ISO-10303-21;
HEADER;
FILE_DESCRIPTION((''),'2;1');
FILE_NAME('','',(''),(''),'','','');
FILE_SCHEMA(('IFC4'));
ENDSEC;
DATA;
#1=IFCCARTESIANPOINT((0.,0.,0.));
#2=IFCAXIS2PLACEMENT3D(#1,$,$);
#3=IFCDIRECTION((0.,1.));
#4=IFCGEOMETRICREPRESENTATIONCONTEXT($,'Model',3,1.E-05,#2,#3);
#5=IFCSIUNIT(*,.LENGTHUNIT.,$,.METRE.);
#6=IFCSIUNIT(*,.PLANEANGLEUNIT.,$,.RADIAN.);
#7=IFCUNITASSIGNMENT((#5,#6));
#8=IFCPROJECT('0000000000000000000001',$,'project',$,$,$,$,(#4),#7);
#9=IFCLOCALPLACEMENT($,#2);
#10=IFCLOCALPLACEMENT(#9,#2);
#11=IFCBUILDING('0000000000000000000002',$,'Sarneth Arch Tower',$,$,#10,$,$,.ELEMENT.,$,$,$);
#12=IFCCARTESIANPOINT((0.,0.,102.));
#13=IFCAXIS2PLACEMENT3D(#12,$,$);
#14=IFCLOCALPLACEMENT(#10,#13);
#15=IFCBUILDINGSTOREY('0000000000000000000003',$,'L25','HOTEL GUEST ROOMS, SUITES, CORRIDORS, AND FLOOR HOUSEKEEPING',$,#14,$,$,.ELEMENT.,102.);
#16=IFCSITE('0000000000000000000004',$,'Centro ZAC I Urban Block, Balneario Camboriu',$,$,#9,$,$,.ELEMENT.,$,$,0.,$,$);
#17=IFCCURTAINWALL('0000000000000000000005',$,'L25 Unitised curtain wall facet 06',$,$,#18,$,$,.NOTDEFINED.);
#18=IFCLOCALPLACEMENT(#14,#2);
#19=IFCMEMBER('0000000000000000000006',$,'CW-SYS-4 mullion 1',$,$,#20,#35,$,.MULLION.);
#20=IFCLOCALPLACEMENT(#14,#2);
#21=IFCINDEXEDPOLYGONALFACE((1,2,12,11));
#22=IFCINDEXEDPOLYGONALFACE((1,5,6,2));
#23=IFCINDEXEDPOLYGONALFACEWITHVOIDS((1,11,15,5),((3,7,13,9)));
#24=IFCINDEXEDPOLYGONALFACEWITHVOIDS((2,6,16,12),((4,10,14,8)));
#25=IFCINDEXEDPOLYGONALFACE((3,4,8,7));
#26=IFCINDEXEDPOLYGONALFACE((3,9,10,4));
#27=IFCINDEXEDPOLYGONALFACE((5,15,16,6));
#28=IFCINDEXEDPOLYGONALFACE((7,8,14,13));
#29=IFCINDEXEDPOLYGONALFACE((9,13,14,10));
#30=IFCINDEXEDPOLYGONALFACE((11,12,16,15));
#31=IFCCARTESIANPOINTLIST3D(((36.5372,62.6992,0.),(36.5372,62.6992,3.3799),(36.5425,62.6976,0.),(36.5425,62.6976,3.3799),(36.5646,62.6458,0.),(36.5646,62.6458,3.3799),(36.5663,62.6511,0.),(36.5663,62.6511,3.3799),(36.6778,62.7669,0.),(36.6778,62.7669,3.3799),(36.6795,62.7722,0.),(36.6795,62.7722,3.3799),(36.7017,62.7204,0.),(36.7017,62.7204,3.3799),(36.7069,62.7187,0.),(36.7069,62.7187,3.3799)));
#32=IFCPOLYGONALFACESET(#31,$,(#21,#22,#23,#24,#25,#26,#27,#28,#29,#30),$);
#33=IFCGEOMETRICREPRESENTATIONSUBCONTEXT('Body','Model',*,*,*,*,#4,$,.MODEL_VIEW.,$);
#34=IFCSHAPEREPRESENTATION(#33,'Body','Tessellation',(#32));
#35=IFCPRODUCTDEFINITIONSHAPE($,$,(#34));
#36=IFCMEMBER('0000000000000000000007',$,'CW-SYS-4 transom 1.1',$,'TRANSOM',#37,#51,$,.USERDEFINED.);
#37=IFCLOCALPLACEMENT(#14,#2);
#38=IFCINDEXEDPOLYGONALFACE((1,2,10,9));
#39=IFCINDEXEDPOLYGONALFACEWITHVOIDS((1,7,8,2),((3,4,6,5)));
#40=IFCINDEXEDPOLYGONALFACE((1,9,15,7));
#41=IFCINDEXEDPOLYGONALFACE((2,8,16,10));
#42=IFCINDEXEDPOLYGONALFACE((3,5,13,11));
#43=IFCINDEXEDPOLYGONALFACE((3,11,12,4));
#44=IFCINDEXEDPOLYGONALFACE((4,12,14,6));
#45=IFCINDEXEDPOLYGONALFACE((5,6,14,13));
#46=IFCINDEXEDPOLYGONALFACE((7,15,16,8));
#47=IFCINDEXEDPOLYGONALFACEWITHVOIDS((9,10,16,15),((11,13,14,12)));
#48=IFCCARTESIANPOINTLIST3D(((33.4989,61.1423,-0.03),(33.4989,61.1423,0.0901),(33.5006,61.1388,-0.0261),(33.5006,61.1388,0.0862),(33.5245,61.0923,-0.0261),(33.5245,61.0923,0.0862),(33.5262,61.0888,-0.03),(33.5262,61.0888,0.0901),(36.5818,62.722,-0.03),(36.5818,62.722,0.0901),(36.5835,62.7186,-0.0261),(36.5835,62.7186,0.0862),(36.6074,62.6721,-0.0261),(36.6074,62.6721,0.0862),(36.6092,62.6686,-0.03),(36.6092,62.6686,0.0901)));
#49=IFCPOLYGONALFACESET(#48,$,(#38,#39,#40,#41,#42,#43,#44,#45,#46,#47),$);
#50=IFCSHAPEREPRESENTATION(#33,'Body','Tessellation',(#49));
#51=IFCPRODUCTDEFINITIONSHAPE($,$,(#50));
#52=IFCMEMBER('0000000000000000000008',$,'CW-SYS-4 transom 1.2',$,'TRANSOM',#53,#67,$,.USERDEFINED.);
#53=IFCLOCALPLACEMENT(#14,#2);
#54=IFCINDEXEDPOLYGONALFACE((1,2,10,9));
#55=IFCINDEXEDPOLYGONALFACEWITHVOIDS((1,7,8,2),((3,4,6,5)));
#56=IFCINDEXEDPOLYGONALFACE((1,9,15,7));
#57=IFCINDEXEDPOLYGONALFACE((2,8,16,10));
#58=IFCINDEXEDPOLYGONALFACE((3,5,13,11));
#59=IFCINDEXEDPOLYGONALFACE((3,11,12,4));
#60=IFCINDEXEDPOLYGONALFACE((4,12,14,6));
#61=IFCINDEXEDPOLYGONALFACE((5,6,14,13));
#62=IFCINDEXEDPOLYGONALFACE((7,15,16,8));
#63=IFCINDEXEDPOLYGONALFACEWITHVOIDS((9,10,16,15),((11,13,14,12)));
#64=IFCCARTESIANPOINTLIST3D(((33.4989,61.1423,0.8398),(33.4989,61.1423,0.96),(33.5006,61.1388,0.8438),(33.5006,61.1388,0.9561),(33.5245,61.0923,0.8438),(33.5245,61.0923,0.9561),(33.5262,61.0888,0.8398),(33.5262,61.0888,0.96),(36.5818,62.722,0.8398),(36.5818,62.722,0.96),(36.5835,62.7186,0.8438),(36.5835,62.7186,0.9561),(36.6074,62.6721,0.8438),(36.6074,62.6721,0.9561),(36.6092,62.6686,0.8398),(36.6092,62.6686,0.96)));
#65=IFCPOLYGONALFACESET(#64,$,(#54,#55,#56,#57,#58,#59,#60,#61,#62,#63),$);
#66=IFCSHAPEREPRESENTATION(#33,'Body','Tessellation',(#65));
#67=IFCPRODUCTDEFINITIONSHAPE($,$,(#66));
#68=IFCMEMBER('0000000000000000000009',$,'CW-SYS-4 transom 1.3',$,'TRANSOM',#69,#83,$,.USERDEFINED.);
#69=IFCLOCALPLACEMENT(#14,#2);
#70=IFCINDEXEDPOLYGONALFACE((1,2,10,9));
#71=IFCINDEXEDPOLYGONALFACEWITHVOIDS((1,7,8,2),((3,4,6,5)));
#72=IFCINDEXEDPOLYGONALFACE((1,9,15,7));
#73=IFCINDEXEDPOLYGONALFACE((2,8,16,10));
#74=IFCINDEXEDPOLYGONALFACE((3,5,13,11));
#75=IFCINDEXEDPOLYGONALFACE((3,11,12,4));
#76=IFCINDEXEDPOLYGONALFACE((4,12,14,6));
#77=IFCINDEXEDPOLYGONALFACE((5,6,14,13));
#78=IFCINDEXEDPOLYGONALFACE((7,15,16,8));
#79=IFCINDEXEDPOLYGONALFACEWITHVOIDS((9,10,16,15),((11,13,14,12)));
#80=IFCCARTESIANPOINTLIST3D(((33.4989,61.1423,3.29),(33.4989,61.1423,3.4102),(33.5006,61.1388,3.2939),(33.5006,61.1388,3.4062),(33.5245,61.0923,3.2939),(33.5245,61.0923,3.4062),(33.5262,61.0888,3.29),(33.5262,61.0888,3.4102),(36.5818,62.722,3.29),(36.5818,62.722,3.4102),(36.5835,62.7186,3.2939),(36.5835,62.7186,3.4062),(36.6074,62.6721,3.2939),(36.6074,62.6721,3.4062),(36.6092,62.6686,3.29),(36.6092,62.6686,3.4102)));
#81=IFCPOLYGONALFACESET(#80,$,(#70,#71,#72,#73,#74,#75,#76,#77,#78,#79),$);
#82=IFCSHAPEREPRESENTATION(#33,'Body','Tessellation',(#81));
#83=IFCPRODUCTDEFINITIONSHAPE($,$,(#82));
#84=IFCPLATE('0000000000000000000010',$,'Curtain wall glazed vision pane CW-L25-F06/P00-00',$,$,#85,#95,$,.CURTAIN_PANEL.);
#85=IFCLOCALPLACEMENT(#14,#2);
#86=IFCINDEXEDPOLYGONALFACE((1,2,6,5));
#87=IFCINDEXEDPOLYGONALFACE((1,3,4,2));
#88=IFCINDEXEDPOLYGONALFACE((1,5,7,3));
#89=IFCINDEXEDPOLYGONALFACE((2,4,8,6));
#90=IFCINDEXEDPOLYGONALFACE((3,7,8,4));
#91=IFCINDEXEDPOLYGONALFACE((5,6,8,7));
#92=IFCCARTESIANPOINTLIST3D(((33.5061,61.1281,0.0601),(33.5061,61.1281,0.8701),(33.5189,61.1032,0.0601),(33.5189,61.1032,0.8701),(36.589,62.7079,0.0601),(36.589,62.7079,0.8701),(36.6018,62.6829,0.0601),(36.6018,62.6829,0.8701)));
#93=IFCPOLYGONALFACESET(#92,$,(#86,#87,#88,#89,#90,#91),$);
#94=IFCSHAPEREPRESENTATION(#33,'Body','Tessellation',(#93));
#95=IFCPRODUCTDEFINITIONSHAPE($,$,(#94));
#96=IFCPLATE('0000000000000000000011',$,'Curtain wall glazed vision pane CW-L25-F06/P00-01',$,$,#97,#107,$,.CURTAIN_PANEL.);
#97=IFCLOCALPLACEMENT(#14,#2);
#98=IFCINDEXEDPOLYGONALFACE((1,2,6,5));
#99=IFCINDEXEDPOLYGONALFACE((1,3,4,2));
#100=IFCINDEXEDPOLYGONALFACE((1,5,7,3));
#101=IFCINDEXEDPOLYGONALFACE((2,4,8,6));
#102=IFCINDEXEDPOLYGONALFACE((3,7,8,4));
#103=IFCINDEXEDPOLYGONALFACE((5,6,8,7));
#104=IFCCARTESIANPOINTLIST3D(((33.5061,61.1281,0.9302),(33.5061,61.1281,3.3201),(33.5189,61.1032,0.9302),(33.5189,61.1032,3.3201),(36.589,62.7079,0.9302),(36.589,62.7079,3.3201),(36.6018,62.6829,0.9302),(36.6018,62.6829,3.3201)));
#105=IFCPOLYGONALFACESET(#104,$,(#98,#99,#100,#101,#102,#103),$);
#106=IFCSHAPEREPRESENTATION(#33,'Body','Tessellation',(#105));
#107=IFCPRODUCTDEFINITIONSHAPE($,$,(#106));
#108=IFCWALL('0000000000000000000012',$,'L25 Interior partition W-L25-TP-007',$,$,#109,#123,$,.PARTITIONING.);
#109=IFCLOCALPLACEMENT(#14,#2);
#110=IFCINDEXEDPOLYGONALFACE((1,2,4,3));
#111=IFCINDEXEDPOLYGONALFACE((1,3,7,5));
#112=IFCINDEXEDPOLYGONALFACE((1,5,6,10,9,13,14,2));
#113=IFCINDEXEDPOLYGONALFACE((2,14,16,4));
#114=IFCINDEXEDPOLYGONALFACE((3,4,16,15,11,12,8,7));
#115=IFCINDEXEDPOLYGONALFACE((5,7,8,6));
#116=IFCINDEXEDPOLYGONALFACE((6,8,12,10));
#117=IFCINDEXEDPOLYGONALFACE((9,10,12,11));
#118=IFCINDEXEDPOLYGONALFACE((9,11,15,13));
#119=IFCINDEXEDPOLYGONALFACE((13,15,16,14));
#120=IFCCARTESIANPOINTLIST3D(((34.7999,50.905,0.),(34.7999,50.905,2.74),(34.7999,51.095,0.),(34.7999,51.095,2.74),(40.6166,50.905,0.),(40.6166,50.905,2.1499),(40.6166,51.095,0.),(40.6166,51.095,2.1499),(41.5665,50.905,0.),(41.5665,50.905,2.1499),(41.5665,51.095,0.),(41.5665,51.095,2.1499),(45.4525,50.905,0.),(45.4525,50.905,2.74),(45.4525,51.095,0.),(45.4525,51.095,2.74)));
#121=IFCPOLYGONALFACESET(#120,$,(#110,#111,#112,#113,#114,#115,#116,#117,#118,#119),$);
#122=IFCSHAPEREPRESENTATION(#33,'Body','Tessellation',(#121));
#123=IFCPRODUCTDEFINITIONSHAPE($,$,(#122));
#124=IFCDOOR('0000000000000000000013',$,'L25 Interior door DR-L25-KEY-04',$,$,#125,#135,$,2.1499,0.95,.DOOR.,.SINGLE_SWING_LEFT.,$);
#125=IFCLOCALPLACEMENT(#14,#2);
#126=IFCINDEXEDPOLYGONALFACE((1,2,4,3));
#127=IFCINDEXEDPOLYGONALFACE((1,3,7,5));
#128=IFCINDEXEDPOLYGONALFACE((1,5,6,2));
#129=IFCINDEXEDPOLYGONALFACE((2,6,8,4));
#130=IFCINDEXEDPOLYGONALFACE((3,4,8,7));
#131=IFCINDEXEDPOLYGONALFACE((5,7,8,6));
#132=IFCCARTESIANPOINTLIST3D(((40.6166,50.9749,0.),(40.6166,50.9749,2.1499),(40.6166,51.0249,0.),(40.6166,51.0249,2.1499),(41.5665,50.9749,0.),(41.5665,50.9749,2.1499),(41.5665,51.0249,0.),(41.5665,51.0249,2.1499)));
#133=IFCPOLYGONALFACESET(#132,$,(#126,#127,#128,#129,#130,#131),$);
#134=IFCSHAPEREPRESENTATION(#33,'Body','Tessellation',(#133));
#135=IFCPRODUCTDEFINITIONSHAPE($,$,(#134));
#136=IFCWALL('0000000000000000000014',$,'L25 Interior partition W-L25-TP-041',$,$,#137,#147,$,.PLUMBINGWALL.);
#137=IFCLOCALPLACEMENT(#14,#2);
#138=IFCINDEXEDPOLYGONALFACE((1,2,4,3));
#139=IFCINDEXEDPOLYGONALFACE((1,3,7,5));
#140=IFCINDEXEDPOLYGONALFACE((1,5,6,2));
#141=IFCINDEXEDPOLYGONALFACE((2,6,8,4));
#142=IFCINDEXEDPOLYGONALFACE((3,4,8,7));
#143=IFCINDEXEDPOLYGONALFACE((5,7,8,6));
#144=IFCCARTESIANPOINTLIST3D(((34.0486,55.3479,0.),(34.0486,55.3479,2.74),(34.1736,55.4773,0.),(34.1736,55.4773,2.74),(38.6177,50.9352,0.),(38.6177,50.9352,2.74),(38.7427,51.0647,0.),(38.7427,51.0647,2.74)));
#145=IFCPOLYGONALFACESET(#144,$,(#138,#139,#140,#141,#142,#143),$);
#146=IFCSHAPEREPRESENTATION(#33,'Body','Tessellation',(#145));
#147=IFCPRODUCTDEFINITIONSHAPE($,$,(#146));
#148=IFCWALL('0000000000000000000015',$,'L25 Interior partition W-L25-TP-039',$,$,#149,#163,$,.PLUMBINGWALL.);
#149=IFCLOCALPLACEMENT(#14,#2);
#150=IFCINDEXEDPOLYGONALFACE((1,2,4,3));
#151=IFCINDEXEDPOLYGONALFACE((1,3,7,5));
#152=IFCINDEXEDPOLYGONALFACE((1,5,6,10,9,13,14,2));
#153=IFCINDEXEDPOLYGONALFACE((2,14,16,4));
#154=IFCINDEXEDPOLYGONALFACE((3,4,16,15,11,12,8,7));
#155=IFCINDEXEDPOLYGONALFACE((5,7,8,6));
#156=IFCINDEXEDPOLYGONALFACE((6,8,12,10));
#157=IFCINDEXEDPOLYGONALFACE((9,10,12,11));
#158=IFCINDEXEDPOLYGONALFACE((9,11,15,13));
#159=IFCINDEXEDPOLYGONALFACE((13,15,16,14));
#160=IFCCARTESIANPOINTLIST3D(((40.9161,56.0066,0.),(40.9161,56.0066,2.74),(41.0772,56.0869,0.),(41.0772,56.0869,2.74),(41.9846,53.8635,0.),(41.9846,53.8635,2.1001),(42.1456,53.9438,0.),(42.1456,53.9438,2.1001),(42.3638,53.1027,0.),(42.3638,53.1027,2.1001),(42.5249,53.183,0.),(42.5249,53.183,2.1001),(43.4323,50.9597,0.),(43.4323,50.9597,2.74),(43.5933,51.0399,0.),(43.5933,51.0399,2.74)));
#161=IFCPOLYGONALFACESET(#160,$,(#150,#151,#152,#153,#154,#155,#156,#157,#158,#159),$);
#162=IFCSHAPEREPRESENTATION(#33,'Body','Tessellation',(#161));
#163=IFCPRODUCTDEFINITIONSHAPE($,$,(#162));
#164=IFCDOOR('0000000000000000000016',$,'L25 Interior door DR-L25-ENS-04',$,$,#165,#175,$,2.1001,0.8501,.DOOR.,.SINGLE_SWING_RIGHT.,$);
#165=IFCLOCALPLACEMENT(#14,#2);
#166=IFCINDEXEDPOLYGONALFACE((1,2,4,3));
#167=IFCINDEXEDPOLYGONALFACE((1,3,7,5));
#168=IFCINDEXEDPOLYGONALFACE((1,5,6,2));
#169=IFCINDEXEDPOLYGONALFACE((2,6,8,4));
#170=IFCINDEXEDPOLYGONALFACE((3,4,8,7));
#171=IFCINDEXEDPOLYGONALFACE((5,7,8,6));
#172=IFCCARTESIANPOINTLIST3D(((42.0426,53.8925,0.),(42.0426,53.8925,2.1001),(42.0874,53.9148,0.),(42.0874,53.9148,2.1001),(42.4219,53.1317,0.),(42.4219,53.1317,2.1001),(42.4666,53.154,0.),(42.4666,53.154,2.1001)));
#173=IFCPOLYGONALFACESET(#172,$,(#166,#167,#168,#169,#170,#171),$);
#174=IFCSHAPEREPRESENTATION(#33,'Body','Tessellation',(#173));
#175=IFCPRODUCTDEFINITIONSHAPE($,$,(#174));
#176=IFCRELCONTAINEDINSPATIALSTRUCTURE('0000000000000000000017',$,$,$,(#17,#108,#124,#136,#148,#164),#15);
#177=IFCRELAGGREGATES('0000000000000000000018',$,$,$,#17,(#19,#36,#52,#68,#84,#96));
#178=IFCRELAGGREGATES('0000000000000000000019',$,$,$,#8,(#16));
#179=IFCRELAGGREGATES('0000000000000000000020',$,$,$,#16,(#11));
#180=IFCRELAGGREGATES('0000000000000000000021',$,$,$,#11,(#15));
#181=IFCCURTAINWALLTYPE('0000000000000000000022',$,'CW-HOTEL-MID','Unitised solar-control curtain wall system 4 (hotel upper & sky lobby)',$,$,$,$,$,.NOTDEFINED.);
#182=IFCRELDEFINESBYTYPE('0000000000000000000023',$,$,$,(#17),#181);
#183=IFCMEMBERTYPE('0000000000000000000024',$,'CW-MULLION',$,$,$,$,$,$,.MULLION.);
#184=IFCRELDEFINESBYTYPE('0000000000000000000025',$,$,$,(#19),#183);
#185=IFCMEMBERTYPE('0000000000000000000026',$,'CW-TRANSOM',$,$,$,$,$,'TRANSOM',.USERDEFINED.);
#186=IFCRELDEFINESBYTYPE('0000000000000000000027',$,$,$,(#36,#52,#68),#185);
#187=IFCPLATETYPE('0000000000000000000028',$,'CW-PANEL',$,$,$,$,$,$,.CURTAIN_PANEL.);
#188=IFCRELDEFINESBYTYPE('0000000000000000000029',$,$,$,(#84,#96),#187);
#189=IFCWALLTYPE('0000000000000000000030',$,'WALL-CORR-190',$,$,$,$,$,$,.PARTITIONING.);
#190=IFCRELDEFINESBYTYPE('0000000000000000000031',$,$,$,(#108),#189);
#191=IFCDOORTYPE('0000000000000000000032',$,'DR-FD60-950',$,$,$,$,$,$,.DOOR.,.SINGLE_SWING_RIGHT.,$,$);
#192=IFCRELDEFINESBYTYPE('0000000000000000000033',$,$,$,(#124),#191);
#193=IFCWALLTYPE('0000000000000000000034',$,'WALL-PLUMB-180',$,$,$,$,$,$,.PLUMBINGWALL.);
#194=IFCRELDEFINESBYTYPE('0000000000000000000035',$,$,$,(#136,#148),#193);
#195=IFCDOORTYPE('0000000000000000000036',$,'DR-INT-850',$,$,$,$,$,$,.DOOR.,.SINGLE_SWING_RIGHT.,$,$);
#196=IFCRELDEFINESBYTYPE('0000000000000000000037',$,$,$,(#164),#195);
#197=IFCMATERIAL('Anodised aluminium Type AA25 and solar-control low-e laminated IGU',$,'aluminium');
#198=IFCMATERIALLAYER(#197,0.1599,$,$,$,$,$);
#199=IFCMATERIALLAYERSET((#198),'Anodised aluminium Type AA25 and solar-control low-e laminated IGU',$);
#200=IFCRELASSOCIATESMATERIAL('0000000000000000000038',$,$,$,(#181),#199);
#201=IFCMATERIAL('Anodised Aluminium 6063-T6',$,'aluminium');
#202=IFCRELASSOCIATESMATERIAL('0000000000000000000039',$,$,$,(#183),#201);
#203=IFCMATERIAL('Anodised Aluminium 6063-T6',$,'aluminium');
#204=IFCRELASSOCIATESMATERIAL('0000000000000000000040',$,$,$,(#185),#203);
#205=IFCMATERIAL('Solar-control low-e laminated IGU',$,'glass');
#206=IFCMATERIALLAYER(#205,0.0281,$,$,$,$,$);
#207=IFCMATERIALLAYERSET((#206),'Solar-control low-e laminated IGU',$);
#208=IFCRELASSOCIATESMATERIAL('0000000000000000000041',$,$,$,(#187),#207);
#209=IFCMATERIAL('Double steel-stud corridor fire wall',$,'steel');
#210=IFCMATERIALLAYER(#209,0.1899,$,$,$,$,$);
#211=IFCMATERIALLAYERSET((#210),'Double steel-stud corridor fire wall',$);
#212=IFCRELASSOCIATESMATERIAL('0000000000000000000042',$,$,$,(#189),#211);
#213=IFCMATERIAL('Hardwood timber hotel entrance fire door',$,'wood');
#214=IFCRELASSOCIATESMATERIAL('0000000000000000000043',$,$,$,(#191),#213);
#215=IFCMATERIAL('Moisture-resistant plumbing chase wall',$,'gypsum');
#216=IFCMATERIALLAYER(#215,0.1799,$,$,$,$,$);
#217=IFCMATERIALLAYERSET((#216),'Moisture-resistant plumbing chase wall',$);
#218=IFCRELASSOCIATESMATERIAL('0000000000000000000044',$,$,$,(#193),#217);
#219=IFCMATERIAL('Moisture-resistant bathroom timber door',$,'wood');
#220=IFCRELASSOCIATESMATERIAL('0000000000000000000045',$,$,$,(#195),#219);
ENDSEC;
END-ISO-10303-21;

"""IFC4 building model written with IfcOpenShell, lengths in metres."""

from ifc_helpers import new_model, si_unit, direction, frame, frame_2d, origin, origin_2d, place, context, subcontext, project, spatial, rectangle, hollow_rectangle, extrude, material, layer, layer_set, material_profile, profile_set, type_object, element, fill, aggregate, save


model = new_model("IFC4")

# Units and contexts
model_context = context("Model", 3, precision=1e-05, world=origin(), true_north=direction((0.0, 1.0)))
body_context = subcontext(model_context, "Body", "Model", "MODEL_VIEW")
ifc_project = project(units=[si_unit("LENGTHUNIT", "METRE"), si_unit("PLANEANGLEUNIT", "RADIAN")], contexts=[model_context])

# Site, building, storey
site_placement = place(None, origin())
site = spatial("IfcSite", under=ifc_project, at=site_placement, Name="Centro ZAC I Urban Block, Balneario Camboriu", CompositionType="ELEMENT", RefElevation=0.0)
building_placement = place(site_placement, origin())
building = spatial("IfcBuilding", under=site, at=building_placement, Name="Sarneth Arch Tower", CompositionType="ELEMENT")
storey_placement = place(building_placement, frame((0.0, 0.0, 102.0)))
storey = spatial("IfcBuildingStorey", under=building, at=storey_placement, Name="L25", Description="HOTEL GUEST ROOMS, SUITES, CORRIDORS, AND FLOOR HOUSEKEEPING", CompositionType="ELEMENT", Elevation=102.0)

# Curtain wall, members, plates
ifc_material_1 = material(Name="Anodised aluminium Type AA25 and solar-control low-e laminated IGU", Category="aluminium")
ifc_layer_1 = layer(ifc_material_1, 0.1599)
ifc_layer_set_1 = layer_set([ifc_layer_1], Name="Anodised aluminium Type AA25 and solar-control low-e laminated IGU")
curtain_wall_type = type_object("IfcCurtainWallType", Name="CW-HOTEL-MID", Description="Unitised solar-control curtain wall system 4 (hotel upper & sky lobby)", PredefinedType="NOTDEFINED", material=ifc_layer_set_1)
curtain_wall_placement = place(storey_placement, origin())
curtain_wall = element("IfcCurtainWall", 1, at=curtain_wall_placement, inside=storey, type_object=curtain_wall_type, Name="L25 Unitised curtain wall facet 06", PredefinedType="NOTDEFINED")
ifc_material_2 = material(Name="Anodised Aluminium 6063-T6", Category="aluminium")
ifc_material_profile_1 = material_profile(ifc_material_2, hollow_rectangle(XDim=0.0601, YDim=0.1599, WallThickness=0.0039, at=origin_2d()), Name="AL-MULL-160x60x4")
ifc_profile_set_1 = profile_set([ifc_material_profile_1], Name="Anodised Aluminium 6063-T6")
member_type_1 = type_object("IfcMemberType", Name="CW-MULLION", PredefinedType="MULLION", material=ifc_profile_set_1)
member_1_placement = place(storey_placement, frame((36.6221, 62.709, 0.0), z_axis=(0.0, 0.0, 1.0), x_axis=(0.456031, -0.889964, 0.0)))
member_1 = element("IfcMember", 2, at=member_1_placement, type_object=member_type_1, Name="CW-SYS-4 mullion 1", PredefinedType="MULLION", context=body_context, shape_type="SweptSolid", body=[
    extrude(hollow_rectangle(XDim=0.0601, YDim=0.1599, WallThickness=0.0039, at=origin_2d()), origin(), (0.0, 0.0, 1.0), 3.3799),
])
ifc_material_3 = material(Name="Anodised Aluminium 6063-T6", Category="aluminium")
ifc_material_profile_2 = material_profile(ifc_material_3, hollow_rectangle(XDim=0.0601, YDim=0.1201, WallThickness=0.0039, at=origin_2d()), Name="AL-TRAN-120x60x4")
ifc_profile_set_2 = profile_set([ifc_material_profile_2], Name="Anodised Aluminium 6063-T6")
member_type_2 = type_object("IfcMemberType", Name="CW-TRANSOM", ElementType="TRANSOM", PredefinedType="USERDEFINED", material=ifc_profile_set_2)
member_2_placement = place(storey_placement, frame((36.5955, 62.6953, 0.03), z_axis=(-0.889958, -0.456043, 0.0), x_axis=(0.456043, -0.889958, 0.0)))
member_2 = element("IfcMember", 3, at=member_2_placement, type_object=member_type_2, Name="CW-SYS-4 transom 1.1", ObjectType="TRANSOM", PredefinedType="USERDEFINED", context=body_context, shape_type="SweptSolid", body=[
    extrude(hollow_rectangle(XDim=0.0601, YDim=0.1201, WallThickness=0.0039, at=origin_2d()), origin(), (0.0, 0.0, 1.0), 3.4641),
])
member_3_placement = place(storey_placement, frame((36.5955, 62.6953, 0.8999), z_axis=(-0.889958, -0.456043, 0.0), x_axis=(0.456043, -0.889958, 0.0)))
member_3 = element("IfcMember", 4, at=member_3_placement, type_object=member_type_2, Name="CW-SYS-4 transom 1.2", ObjectType="TRANSOM", PredefinedType="USERDEFINED", context=body_context, shape_type="SweptSolid", body=[
    extrude(hollow_rectangle(XDim=0.0601, YDim=0.1201, WallThickness=0.0039, at=origin_2d()), origin(), (0.0, 0.0, 1.0), 3.4641),
])
member_4_placement = place(storey_placement, frame((36.5955, 62.6953, 3.3501), z_axis=(-0.889958, -0.456043, 0.0), x_axis=(0.456043, -0.889958, 0.0)))
member_4 = element("IfcMember", 5, at=member_4_placement, type_object=member_type_2, Name="CW-SYS-4 transom 1.3", ObjectType="TRANSOM", PredefinedType="USERDEFINED", context=body_context, shape_type="SweptSolid", body=[
    extrude(hollow_rectangle(XDim=0.0601, YDim=0.1201, WallThickness=0.0039, at=origin_2d()), origin(), (0.0, 0.0, 1.0), 3.4641),
])
ifc_material_4 = material(Name="Solar-control low-e laminated IGU", Category="glass")
ifc_layer_2 = layer(ifc_material_4, 0.0281)
ifc_layer_set_2 = layer_set([ifc_layer_2], Name="Solar-control low-e laminated IGU")
plate_type = type_object("IfcPlateType", Name="CW-PANEL", PredefinedType="CURTAIN_PANEL", material=ifc_layer_set_2)
plate_1_placement = place(storey_placement, frame((35.054, 61.9055, 0.0601), z_axis=(0.0, 0.0, 1.0), x_axis=(-0.889964, -0.456031, 0.0)))
plate_1 = element("IfcPlate", 6, at=plate_1_placement, type_object=plate_type, Name="Curtain wall glazed vision pane CW-L25-F06/P00-00", PredefinedType="CURTAIN_PANEL", context=body_context, shape_type="SweptSolid", body=[
    extrude(rectangle(XDim=3.4641, YDim=0.0281, at=origin_2d()), origin(), (0.0, 0.0, 1.0), 0.8101),
])
plate_2_placement = place(storey_placement, frame((35.054, 61.9055, 0.9302), z_axis=(0.0, 0.0, 1.0), x_axis=(-0.889964, -0.456031, 0.0)))
plate_2 = element("IfcPlate", 7, at=plate_2_placement, type_object=plate_type, Name="Curtain wall glazed vision pane CW-L25-F06/P00-01", PredefinedType="CURTAIN_PANEL", context=body_context, shape_type="SweptSolid", body=[
    extrude(rectangle(XDim=3.4641, YDim=0.0281, at=origin_2d()), origin(), (0.0, 0.0, 1.0), 2.3899),
])
aggregate(curtain_wall, [member_1, member_2, member_3, member_4, plate_1, plate_2])

# Wall, opening, door
ifc_material_5 = material(Name="Double steel-stud corridor fire wall", Category="steel")
ifc_layer_3 = layer(ifc_material_5, 0.1899)
ifc_layer_set_3 = layer_set([ifc_layer_3], Name="Double steel-stud corridor fire wall")
wall_type_1 = type_object("IfcWallType", Name="WALL-CORR-190", PredefinedType="PARTITIONING", material=ifc_layer_set_3)
wall_1_placement = place(storey_placement, frame((34.8, 51.0, 0.0), z_axis=(0.0, 0.0, 1.0), x_axis=(1.0, 0.0, 0.0)))
wall_1 = element("IfcWall", 8, at=wall_1_placement, inside=storey, type_object=wall_type_1, Name="L25 Interior partition W-L25-TP-007", PredefinedType="PARTITIONING", context=body_context, shape_type="SweptSolid", body=[
    extrude(rectangle(XDim=10.6526, YDim=0.1899, at=frame_2d((5.3262, 0.0))), origin(), (0.0, 0.0, 1.0), 2.74),
])
opening_1_placement = place(wall_1_placement, frame((5.8164, 0.0, 0.0)))
opening_1 = element("IfcOpeningElement", 9, at=opening_1_placement, cuts=wall_1, PredefinedType="OPENING", context=body_context, shape_type="SweptSolid", body=[
    extrude(rectangle(XDim=0.95, YDim=2.1499, at=frame_2d((0.4751, 1.075))), frame((0.0, 0.105, 0.0), z_axis=(0.0, -1.0, 0.0), x_axis=(1.0, 0.0, 0.0)), (0.0, 0.0, 1.0), 0.21),
])
ifc_material_6 = material(Name="Hardwood timber hotel entrance fire door", Category="wood")
door_type_1 = type_object("IfcDoorType", Name="DR-FD60-950", OperationType="SINGLE_SWING_RIGHT", PredefinedType="DOOR", material=ifc_material_6)
door_1_placement = place(opening_1_placement, origin())
door_1 = element("IfcDoor", 10, at=door_1_placement, inside=storey, type_object=door_type_1, Name="L25 Interior door DR-L25-KEY-04", OperationType="SINGLE_SWING_LEFT", OverallHeight=2.1499, OverallWidth=0.95, PredefinedType="DOOR", context=body_context, shape_type="SweptSolid", body=[
    extrude(rectangle(XDim=0.95, YDim=2.1499, at=frame_2d((0.4751, 1.075))), frame((0.0, 0.0249, 0.0), z_axis=(0.0, -1.0, 0.0), x_axis=(1.0, 0.0, 0.0)), (0.0, 0.0, 1.0), 0.05),
])
fill(opening_1, door_1)

# Wall
ifc_material_7 = material(Name="Moisture-resistant plumbing chase wall", Category="gypsum")
ifc_layer_4 = layer(ifc_material_7, 0.1799)
ifc_layer_set_4 = layer_set([ifc_layer_4], Name="Moisture-resistant plumbing chase wall")
wall_type_2 = type_object("IfcWallType", Name="WALL-PLUMB-180", PredefinedType="PLUMBINGWALL", material=ifc_layer_set_4)
wall_2_placement = place(storey_placement, frame((34.1111, 55.4126, 0.0), z_axis=(0.0, 0.0, 1.0), x_axis=(0.719318, -0.694681, 0.0)))
element("IfcWall", 11, at=wall_2_placement, inside=storey, type_object=wall_type_2, Name="L25 Interior partition W-L25-TP-041", PredefinedType="PLUMBINGWALL", context=body_context, shape_type="SweptSolid", body=[
    extrude(rectangle(XDim=6.3521, YDim=0.1799, at=frame_2d((3.176, 0.0))), origin(), (0.0, 0.0, 1.0), 2.74),
])

# Wall, opening, door
wall_3_placement = place(storey_placement, frame((40.9966, 56.0469, 0.0), z_axis=(0.0, 0.0, 1.0), x_axis=(0.446174, -0.894946, 0.0)))
wall_3 = element("IfcWall", 12, at=wall_3_placement, inside=storey, type_object=wall_type_2, Name="L25 Interior partition W-L25-TP-039", PredefinedType="PLUMBINGWALL", context=body_context, shape_type="SweptSolid", body=[
    extrude(rectangle(XDim=5.6394, YDim=0.1799, at=frame_2d((2.8198, 0.0))), origin(), (0.0, 0.0, 1.0), 2.74),
])
opening_2_placement = place(wall_3_placement, frame((2.3948, 0.0, 0.0)))
opening_2 = element("IfcOpeningElement", 13, at=opening_2_placement, cuts=wall_3, PredefinedType="OPENING", context=body_context, shape_type="SweptSolid", body=[
    extrude(rectangle(XDim=0.8501, YDim=2.1001, at=frame_2d((0.425, 1.05))), frame((0.0, 0.0999, 0.0), z_axis=(0.0, -1.0, 0.0), x_axis=(1.0, 0.0, 0.0)), (0.0, 0.0, 1.0), 0.2),
])
ifc_material_8 = material(Name="Moisture-resistant bathroom timber door", Category="wood")
door_type_2 = type_object("IfcDoorType", Name="DR-INT-850", OperationType="SINGLE_SWING_RIGHT", PredefinedType="DOOR", material=ifc_material_8)
door_2_placement = place(opening_2_placement, origin())
door_2 = element("IfcDoor", 14, at=door_2_placement, inside=storey, type_object=door_type_2, Name="L25 Interior door DR-L25-ENS-04", OperationType="SINGLE_SWING_RIGHT", OverallHeight=2.1001, OverallWidth=0.8501, PredefinedType="DOOR", context=body_context, shape_type="SweptSolid", body=[
    extrude(rectangle(XDim=0.8501, YDim=2.1001, at=frame_2d((0.425, 1.05))), frame((0.0, 0.0249, 0.0), z_axis=(0.0, -1.0, 0.0), x_axis=(1.0, 0.0, 0.0)), (0.0, 0.0, 1.0), 0.05),
])
fill(opening_2, door_2)

save(model, "model.ifc")
